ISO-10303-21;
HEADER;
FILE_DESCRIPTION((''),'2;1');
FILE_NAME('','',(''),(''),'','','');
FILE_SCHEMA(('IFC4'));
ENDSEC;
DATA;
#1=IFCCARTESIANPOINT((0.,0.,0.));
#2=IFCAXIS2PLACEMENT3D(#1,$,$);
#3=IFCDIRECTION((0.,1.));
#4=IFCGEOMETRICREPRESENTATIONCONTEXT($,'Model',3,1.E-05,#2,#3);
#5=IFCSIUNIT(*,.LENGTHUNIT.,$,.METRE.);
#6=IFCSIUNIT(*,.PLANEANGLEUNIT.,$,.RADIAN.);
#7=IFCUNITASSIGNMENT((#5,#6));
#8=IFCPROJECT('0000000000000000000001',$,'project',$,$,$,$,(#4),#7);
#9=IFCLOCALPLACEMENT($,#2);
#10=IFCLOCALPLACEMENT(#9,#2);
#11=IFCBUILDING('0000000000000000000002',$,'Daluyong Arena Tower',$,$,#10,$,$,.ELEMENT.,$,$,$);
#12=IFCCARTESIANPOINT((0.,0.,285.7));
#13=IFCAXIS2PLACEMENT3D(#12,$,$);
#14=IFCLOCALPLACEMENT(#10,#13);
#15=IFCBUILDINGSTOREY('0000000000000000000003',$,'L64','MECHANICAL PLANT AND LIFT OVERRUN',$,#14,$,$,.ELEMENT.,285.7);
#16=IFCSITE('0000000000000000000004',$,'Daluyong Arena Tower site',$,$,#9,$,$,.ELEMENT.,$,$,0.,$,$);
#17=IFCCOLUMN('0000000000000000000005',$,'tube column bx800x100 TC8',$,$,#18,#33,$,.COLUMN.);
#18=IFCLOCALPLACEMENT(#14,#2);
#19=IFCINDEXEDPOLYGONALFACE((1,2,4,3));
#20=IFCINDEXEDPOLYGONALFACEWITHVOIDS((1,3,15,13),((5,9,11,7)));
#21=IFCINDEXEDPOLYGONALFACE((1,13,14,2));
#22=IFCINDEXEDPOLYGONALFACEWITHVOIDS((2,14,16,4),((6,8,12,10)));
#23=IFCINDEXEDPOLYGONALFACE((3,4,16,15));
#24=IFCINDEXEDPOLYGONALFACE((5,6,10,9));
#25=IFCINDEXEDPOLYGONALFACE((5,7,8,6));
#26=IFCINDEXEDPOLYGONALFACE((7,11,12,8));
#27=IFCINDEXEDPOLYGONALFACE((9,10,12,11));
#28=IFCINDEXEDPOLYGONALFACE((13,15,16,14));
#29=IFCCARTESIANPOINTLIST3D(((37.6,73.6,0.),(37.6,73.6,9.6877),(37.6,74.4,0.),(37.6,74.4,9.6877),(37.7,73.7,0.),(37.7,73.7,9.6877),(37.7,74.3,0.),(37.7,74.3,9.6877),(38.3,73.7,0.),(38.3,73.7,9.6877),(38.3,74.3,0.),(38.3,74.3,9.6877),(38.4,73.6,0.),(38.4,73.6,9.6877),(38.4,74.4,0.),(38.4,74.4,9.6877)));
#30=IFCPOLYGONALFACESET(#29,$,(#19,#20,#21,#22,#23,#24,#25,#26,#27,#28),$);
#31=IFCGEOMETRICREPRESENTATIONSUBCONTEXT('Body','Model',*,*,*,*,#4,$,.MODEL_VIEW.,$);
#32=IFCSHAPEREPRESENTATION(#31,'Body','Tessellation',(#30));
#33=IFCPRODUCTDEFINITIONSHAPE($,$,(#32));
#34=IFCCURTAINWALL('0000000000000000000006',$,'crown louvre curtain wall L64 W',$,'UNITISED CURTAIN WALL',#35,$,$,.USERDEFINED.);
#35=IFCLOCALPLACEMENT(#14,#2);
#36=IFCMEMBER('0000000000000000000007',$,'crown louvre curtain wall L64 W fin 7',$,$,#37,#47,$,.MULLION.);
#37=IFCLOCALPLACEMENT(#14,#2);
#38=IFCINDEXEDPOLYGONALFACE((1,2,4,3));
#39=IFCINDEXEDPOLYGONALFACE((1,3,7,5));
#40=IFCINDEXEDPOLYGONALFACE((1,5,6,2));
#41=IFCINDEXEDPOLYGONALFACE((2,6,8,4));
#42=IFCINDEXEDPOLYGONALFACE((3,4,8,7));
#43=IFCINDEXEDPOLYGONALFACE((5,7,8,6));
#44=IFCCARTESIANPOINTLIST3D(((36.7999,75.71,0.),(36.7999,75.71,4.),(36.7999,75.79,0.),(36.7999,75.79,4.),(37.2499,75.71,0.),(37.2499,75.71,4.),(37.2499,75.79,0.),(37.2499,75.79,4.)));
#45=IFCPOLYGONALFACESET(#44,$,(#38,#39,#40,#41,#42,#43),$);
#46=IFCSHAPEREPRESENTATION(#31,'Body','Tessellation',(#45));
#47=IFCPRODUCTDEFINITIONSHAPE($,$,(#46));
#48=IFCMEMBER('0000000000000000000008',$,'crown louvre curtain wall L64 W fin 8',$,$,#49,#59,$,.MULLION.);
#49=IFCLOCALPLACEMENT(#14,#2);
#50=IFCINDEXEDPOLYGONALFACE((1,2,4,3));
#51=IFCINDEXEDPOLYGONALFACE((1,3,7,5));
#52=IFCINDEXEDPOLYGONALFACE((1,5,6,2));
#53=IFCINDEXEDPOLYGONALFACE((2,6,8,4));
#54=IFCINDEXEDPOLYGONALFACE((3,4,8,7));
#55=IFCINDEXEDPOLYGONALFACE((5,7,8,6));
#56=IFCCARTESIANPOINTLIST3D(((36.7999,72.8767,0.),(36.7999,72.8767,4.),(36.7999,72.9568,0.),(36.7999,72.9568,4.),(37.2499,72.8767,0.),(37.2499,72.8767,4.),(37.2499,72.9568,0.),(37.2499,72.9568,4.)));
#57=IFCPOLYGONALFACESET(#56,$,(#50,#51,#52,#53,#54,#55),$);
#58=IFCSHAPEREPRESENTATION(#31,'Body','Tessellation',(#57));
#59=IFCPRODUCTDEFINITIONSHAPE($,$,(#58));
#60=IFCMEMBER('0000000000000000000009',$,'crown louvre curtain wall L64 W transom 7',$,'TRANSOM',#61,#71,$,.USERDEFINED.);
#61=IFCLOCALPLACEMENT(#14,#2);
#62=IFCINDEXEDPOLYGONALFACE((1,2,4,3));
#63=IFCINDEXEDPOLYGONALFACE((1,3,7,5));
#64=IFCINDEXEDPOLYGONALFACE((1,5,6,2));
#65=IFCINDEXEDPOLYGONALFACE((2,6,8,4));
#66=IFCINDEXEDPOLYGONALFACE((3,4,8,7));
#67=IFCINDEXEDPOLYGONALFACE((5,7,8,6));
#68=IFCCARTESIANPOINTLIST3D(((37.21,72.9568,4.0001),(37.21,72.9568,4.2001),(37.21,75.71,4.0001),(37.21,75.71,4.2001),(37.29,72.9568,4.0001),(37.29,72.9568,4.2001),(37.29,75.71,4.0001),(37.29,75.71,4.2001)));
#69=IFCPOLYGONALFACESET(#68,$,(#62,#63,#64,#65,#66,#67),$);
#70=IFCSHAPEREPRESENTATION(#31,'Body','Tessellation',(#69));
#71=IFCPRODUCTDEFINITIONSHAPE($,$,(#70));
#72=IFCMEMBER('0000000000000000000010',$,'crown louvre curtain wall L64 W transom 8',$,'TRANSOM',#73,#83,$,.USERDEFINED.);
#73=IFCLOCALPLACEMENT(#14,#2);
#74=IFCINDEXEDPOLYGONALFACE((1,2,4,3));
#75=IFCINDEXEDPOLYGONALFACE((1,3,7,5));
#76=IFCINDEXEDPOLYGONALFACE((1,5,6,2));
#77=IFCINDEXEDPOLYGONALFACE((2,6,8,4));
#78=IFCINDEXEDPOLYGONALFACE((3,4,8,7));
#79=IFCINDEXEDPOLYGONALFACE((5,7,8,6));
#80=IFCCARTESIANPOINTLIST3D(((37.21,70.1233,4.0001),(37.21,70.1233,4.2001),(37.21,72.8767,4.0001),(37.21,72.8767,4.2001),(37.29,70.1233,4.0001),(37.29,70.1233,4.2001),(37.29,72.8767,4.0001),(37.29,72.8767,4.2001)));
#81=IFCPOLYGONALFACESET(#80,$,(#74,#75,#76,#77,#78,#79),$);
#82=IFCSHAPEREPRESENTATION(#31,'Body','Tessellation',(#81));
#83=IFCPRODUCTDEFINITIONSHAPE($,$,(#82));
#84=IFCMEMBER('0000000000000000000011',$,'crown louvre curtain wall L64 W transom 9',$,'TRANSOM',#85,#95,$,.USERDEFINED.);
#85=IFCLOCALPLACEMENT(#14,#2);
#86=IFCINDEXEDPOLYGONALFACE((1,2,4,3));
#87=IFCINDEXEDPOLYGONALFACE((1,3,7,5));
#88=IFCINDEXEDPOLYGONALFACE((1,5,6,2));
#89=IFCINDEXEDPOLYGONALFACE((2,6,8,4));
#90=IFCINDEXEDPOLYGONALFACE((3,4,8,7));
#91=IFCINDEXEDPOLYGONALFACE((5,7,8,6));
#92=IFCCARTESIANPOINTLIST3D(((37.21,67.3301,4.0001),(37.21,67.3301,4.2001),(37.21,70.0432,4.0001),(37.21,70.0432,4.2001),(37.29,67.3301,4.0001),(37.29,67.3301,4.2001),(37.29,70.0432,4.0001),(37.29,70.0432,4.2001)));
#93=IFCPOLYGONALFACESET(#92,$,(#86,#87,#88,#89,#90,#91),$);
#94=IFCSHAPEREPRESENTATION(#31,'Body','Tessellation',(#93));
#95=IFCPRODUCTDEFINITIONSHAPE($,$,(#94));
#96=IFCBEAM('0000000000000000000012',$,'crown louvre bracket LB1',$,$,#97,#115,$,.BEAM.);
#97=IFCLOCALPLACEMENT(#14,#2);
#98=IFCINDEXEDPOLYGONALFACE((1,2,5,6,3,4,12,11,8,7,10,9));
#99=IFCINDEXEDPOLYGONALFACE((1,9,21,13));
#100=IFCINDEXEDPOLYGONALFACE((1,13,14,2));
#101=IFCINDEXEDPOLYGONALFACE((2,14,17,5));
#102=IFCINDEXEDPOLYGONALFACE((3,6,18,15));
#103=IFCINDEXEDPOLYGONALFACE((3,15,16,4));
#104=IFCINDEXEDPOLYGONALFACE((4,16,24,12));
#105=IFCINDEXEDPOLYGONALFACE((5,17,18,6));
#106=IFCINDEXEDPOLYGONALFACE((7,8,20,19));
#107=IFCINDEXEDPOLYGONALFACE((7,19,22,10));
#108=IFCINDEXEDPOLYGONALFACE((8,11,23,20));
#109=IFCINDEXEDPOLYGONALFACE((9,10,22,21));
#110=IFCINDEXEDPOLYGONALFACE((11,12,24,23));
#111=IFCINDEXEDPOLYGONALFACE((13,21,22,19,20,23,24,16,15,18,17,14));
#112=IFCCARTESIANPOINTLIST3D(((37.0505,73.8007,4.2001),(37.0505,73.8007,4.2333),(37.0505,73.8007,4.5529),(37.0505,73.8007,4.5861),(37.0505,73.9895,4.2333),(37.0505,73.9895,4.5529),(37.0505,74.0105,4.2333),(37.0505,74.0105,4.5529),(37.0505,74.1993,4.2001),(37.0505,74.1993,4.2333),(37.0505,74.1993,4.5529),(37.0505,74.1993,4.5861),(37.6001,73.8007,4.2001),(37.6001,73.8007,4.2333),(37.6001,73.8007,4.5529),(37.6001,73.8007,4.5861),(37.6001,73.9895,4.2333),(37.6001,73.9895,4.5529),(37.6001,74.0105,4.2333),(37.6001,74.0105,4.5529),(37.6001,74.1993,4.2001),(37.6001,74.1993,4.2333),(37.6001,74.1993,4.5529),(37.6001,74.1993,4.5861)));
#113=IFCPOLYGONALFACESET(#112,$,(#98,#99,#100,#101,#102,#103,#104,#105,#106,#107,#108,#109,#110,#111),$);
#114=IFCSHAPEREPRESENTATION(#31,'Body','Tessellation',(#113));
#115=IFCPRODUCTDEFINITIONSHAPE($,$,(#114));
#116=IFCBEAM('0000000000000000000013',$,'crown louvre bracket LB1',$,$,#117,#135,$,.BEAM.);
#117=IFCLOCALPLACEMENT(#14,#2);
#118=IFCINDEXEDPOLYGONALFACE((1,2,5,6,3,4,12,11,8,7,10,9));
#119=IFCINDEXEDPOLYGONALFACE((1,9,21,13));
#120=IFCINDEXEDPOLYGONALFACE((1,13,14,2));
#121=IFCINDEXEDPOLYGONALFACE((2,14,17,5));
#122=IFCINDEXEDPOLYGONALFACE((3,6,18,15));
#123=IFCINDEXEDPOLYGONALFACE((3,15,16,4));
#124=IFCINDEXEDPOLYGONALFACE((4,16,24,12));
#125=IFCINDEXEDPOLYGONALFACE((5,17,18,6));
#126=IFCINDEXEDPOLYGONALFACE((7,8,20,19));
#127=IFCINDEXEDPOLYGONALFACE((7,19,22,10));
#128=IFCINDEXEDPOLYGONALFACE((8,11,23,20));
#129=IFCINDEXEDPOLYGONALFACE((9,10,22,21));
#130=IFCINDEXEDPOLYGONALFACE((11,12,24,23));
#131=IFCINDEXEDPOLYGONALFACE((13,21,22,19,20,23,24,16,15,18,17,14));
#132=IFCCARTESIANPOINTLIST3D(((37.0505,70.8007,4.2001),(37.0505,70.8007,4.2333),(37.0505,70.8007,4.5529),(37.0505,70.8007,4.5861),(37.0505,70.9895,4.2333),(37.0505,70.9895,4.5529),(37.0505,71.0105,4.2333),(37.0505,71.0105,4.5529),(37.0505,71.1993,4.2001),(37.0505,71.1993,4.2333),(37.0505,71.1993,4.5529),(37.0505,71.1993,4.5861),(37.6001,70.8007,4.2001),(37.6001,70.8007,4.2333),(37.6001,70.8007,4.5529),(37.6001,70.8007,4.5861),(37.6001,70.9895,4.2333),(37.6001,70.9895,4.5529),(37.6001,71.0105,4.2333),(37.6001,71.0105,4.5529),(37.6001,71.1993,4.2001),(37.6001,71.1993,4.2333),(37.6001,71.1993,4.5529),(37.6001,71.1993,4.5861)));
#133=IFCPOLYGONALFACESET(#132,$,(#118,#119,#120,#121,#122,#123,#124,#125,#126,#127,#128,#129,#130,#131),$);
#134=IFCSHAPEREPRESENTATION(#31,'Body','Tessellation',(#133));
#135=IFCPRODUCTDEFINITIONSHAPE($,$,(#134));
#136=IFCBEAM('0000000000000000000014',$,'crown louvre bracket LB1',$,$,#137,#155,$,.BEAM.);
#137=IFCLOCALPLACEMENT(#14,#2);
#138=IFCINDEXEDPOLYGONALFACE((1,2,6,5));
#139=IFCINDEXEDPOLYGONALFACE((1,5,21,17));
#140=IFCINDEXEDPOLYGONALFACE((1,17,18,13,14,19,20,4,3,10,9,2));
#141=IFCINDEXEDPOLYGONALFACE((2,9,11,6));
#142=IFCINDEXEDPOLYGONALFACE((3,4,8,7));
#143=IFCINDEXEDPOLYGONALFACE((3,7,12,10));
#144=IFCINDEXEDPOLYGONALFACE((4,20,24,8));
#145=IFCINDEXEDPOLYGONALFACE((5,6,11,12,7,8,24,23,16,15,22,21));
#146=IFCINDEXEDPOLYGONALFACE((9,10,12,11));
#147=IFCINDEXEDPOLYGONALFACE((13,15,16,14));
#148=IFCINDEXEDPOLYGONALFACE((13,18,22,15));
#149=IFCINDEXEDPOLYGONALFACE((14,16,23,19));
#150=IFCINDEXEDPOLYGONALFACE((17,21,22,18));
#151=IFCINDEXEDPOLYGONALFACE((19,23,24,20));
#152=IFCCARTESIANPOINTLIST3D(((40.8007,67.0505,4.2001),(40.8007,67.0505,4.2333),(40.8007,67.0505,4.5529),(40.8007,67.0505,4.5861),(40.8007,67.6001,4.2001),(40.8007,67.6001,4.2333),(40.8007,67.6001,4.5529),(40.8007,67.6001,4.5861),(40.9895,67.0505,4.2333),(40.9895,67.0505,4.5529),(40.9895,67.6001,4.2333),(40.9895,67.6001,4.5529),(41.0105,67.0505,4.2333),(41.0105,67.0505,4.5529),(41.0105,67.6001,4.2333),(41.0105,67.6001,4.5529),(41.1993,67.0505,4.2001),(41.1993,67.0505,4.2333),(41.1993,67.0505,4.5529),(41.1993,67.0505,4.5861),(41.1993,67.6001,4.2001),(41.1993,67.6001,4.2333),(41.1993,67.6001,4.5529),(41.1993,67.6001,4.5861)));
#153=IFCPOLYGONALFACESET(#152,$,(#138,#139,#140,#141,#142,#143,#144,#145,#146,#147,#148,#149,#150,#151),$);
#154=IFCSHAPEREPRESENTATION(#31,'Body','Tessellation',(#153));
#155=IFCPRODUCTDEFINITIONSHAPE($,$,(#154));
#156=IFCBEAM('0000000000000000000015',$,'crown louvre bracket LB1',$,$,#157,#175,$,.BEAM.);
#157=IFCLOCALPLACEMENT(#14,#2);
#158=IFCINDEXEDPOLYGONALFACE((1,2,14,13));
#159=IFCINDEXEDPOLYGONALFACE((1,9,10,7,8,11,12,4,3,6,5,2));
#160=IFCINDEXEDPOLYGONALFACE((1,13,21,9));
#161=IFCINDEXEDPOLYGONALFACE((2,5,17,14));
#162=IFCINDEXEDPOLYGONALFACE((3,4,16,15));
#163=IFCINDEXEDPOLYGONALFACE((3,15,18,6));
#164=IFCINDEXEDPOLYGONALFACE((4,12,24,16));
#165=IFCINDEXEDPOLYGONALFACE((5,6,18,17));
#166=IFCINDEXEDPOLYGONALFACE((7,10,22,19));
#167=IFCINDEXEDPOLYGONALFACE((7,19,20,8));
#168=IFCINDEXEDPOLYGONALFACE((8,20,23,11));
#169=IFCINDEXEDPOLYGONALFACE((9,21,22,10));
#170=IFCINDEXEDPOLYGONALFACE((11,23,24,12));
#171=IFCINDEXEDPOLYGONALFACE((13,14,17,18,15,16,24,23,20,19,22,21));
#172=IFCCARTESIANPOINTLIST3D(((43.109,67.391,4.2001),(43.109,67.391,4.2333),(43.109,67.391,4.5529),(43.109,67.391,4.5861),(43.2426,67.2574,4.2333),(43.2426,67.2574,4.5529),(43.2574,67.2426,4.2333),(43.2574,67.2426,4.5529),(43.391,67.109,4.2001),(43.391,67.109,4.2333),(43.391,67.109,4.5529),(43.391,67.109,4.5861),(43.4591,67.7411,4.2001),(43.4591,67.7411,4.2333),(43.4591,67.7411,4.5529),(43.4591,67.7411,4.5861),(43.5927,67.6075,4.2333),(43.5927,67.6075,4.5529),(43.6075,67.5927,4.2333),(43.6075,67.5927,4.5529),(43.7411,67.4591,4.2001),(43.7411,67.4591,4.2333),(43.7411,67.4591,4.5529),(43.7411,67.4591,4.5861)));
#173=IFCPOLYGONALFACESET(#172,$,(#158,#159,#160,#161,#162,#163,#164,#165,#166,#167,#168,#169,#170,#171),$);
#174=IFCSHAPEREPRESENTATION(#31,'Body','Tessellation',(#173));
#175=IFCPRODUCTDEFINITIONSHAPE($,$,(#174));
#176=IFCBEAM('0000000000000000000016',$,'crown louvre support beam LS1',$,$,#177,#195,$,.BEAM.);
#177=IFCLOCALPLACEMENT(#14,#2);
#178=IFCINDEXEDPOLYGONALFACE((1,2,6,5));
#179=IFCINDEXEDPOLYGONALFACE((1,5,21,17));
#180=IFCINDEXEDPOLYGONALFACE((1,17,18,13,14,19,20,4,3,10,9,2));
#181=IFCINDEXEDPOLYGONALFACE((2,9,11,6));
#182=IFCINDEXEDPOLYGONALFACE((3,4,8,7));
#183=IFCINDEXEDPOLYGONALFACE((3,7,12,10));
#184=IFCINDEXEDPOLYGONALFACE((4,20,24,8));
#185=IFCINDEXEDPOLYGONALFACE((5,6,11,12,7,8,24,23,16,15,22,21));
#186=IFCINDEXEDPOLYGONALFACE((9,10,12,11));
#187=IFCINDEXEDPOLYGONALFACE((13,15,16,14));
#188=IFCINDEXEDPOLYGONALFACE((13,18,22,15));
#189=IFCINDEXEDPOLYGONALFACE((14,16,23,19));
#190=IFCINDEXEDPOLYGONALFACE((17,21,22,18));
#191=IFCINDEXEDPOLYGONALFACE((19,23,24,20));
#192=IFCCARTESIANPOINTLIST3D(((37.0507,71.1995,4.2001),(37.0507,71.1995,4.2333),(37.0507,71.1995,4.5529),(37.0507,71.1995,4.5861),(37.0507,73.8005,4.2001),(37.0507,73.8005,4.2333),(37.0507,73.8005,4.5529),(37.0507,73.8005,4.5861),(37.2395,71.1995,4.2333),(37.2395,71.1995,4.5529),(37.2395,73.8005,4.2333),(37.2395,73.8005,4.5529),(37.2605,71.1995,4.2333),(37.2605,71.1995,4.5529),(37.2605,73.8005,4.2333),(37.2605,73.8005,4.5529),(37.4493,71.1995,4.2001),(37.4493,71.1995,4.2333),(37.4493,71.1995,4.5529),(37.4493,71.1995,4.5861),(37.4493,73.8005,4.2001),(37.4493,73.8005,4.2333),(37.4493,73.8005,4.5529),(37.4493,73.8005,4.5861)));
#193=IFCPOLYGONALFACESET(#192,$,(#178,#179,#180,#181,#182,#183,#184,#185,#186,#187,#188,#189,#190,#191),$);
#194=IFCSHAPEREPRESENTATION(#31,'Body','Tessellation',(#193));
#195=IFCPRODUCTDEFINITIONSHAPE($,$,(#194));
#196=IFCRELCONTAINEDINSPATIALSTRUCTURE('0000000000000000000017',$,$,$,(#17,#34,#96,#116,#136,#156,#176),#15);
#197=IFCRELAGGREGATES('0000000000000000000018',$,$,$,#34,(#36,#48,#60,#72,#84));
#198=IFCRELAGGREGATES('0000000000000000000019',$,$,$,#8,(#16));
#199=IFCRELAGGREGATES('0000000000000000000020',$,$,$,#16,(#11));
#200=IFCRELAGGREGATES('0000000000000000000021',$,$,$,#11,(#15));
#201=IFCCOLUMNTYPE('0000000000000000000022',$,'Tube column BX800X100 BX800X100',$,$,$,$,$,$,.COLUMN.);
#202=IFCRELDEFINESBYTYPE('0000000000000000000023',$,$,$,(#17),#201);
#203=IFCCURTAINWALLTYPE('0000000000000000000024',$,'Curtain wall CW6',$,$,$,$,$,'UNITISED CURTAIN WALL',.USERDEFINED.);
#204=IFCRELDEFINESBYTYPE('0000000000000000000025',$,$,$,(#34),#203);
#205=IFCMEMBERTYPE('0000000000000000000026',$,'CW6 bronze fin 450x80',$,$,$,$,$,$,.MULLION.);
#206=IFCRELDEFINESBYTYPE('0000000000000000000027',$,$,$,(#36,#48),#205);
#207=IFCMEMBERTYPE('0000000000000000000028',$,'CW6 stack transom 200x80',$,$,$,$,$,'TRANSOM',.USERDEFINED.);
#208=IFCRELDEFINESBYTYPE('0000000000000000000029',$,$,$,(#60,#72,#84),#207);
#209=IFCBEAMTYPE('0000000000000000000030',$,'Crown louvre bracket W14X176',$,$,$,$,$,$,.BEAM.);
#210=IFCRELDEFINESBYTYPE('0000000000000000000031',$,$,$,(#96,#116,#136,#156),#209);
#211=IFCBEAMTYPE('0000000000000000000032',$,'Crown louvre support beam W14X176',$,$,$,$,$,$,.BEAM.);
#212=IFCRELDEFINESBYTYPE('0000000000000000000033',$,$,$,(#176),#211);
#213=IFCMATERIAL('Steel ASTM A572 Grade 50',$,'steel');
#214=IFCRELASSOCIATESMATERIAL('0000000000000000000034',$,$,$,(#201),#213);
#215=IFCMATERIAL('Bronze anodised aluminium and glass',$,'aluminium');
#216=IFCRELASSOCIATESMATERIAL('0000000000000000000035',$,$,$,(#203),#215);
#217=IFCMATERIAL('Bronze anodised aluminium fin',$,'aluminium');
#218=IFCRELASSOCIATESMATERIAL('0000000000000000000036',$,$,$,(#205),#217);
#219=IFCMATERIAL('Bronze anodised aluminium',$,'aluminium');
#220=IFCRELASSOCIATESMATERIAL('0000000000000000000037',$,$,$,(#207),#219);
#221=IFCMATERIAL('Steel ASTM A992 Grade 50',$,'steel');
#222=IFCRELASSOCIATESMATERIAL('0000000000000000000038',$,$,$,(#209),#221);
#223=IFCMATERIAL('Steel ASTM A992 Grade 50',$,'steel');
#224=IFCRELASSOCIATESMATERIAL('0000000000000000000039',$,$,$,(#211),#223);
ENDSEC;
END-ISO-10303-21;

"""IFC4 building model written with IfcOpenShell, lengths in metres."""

from ifc_helpers import new_model, si_unit, direction, frame, origin, origin_2d, place, context, subcontext, project, spatial, rectangle, hollow_rectangle, i_section, extrude, material, material_profile, profile_set, type_object, element, aggregate, save


model = new_model("IFC4")

# Units and contexts
model_context = context("Model", 3, precision=1e-05, world=origin(), true_north=direction((0.0, 1.0)))
body_context = subcontext(model_context, "Body", "Model", "MODEL_VIEW")
ifc_project = project(units=[si_unit("LENGTHUNIT", "METRE"), si_unit("PLANEANGLEUNIT", "RADIAN")], contexts=[model_context])

# Site, building, storey
site_placement = place(None, origin())
site = spatial("IfcSite", under=ifc_project, at=site_placement, Name="Daluyong Arena Tower site", CompositionType="ELEMENT", RefElevation=0.0)
building_placement = place(site_placement, origin())
building = spatial("IfcBuilding", under=site, at=building_placement, Name="Daluyong Arena Tower", CompositionType="ELEMENT")
storey_placement = place(building_placement, frame((0.0, 0.0, 285.7)))
storey = spatial("IfcBuildingStorey", under=building, at=storey_placement, Name="L64", Description="MECHANICAL PLANT AND LIFT OVERRUN", CompositionType="ELEMENT", Elevation=285.7)

# Column
ifc_material_1 = material(Name="Steel ASTM A572 Grade 50", Category="steel")
ifc_material_profile_1 = material_profile(ifc_material_1, hollow_rectangle(XDim=0.8, YDim=0.8, WallThickness=0.1, at=origin_2d()))
ifc_profile_set_1 = profile_set([ifc_material_profile_1], Name="Steel ASTM A572 Grade 50")
column_type = type_object("IfcColumnType", Name="Tube column BX800X100 BX800X100", PredefinedType="COLUMN", material=ifc_profile_set_1)
column_placement = place(storey_placement, frame((38.0, 74.0, 0.0), z_axis=(0.0, 0.0, 1.0), x_axis=(0.0, 1.0, 0.0)))
element("IfcColumn", 1, at=column_placement, inside=storey, type_object=column_type, Name="tube column bx800x100 TC8", PredefinedType="COLUMN", context=body_context, shape_type="SweptSolid", body=[
    extrude(hollow_rectangle(XDim=0.8, YDim=0.8, WallThickness=0.1, at=origin_2d()), origin(), (0.0, 0.0, 1.0), 9.6877),
])

# Curtain wall, members
ifc_material_2 = material(Name="Bronze anodised aluminium and glass", Category="aluminium")
curtain_wall_type = type_object("IfcCurtainWallType", Name="Curtain wall CW6", ElementType="UNITISED CURTAIN WALL", PredefinedType="USERDEFINED", material=ifc_material_2)
curtain_wall_placement = place(storey_placement, origin())
curtain_wall = element("IfcCurtainWall", 2, at=curtain_wall_placement, inside=storey, type_object=curtain_wall_type, Name="crown louvre curtain wall L64 W", ObjectType="UNITISED CURTAIN WALL", PredefinedType="USERDEFINED")
ifc_material_3 = material(Name="Bronze anodised aluminium fin", Category="aluminium")
ifc_material_profile_2 = material_profile(ifc_material_3, rectangle(XDim=0.45, YDim=0.0801, at=origin_2d()))
ifc_profile_set_2 = profile_set([ifc_material_profile_2], Name="Bronze anodised aluminium fin")
member_type_1 = type_object("IfcMemberType", Name="CW6 bronze fin 450x80", PredefinedType="MULLION", material=ifc_profile_set_2)
member_1_placement = place(storey_placement, frame((37.0249, 75.75, 0.0), z_axis=(0.0, 0.0, 1.0), x_axis=(1.0, 0.0, 0.0)))
member_1 = element("IfcMember", 3, at=member_1_placement, type_object=member_type_1, Name="crown louvre curtain wall L64 W fin 7", PredefinedType="MULLION", context=body_context, shape_type="SweptSolid", body=[
    extrude(rectangle(XDim=0.45, YDim=0.0801, at=origin_2d()), origin(), (0.0, 0.0, 1.0), 4.0),
])
member_2_placement = place(storey_placement, frame((37.0249, 72.9167, 0.0), z_axis=(0.0, 0.0, 1.0), x_axis=(1.0, 0.0, 0.0)))
member_2 = element("IfcMember", 4, at=member_2_placement, type_object=member_type_1, Name="crown louvre curtain wall L64 W fin 8", PredefinedType="MULLION", context=body_context, shape_type="SweptSolid", body=[
    extrude(rectangle(XDim=0.45, YDim=0.0801, at=origin_2d()), origin(), (0.0, 0.0, 1.0), 4.0),
])
ifc_material_4 = material(Name="Bronze anodised aluminium", Category="aluminium")
ifc_material_profile_3 = material_profile(ifc_material_4, rectangle(XDim=0.0801, YDim=0.2, at=origin_2d()))
ifc_profile_set_3 = profile_set([ifc_material_profile_3], Name="Bronze anodised aluminium")
member_type_2 = type_object("IfcMemberType", Name="CW6 stack transom 200x80", ElementType="TRANSOM", PredefinedType="USERDEFINED", material=ifc_profile_set_3)
member_3_placement = place(storey_placement, frame((37.25, 75.71, 4.1001), z_axis=(0.0, -1.0, 0.0), x_axis=(1.0, 0.0, 0.0)))
member_3 = element("IfcMember", 5, at=member_3_placement, type_object=member_type_2, Name="crown louvre curtain wall L64 W transom 7", ObjectType="TRANSOM", PredefinedType="USERDEFINED", context=body_context, shape_type="SweptSolid", body=[
    extrude(rectangle(XDim=0.0801, YDim=0.2, at=origin_2d()), origin(), (0.0, 0.0, 1.0), 2.7532),
])
member_4_placement = place(storey_placement, frame((37.25, 72.8767, 4.1001), z_axis=(0.0, -1.0, 0.0), x_axis=(1.0, 0.0, 0.0)))
member_4 = element("IfcMember", 6, at=member_4_placement, type_object=member_type_2, Name="crown louvre curtain wall L64 W transom 8", ObjectType="TRANSOM", PredefinedType="USERDEFINED", context=body_context, shape_type="SweptSolid", body=[
    extrude(rectangle(XDim=0.0801, YDim=0.2, at=origin_2d()), origin(), (0.0, 0.0, 1.0), 2.7534),
])
member_5_placement = place(storey_placement, frame((37.25, 70.0432, 4.1001), z_axis=(0.0, -1.0, 0.0), x_axis=(1.0, 0.0, 0.0)))
member_5 = element("IfcMember", 7, at=member_5_placement, type_object=member_type_2, Name="crown louvre curtain wall L64 W transom 9", ObjectType="TRANSOM", PredefinedType="USERDEFINED", context=body_context, shape_type="SweptSolid", body=[
    extrude(rectangle(XDim=0.0801, YDim=0.2, at=origin_2d()), origin(), (0.0, 0.0, 1.0), 2.7131),
])

# Beams
ifc_material_5 = material(Name="Steel ASTM A992 Grade 50", Category="steel")
ifc_material_profile_4 = material_profile(ifc_material_5, i_section(OverallWidth=0.3987, OverallDepth=0.386, WebThickness=0.021, FlangeThickness=0.0332, at=origin_2d()))
ifc_profile_set_4 = profile_set([ifc_material_profile_4], Name="Steel ASTM A992 Grade 50")
beam_type_1 = type_object("IfcBeamType", Name="Crown louvre bracket W14X176", PredefinedType="BEAM", material=ifc_profile_set_4)
for number, where, z_axis, x_axis, name in (
    (8, (37.6001, 74.0, 4.3931), (-1.0, 0.0, 0.0), (0.0, -1.0, 0.0), "crown louvre bracket LB1"),
    (9, (37.6001, 71.0, 4.3931), (-1.0, 0.0, 0.0), (0.0, -1.0, 0.0), "crown louvre bracket LB1"),
    (10, (41.0, 67.6001, 4.3931), (0.0, -1.0, 0.0), (1.0, 0.0, 0.0), "crown louvre bracket LB1"),
):
    element("IfcBeam", number, at=place(storey_placement, frame(where, z_axis=z_axis, x_axis=x_axis)), inside=storey, type_object=beam_type_1, Name=name, PredefinedType="BEAM", context=body_context, shape_type="SweptSolid", body=[
        extrude(i_section(OverallWidth=0.3987, OverallDepth=0.386, WebThickness=0.021, FlangeThickness=0.0332, at=origin_2d()), origin(), (0.0, 0.0, 1.0), 0.5496),
    ])
beam_1_placement = place(storey_placement, frame((43.6001, 67.6001, 4.3931), z_axis=(-0.707107, -0.707107, 0.0), x_axis=(0.707107, -0.707107, 0.0)))
element("IfcBeam", 11, at=beam_1_placement, inside=storey, type_object=beam_type_1, Name="crown louvre bracket LB1", PredefinedType="BEAM", context=body_context, shape_type="SweptSolid", body=[
    extrude(i_section(OverallWidth=0.3987, OverallDepth=0.386, WebThickness=0.021, FlangeThickness=0.0332, at=origin_2d()), origin(), (0.0, 0.0, 1.0), 0.4951),
])
ifc_material_6 = material(Name="Steel ASTM A992 Grade 50", Category="steel")
ifc_material_profile_5 = material_profile(ifc_material_6, i_section(OverallWidth=0.3987, OverallDepth=0.386, WebThickness=0.021, FlangeThickness=0.0332, at=origin_2d()))
ifc_profile_set_5 = profile_set([ifc_material_profile_5], Name="Steel ASTM A992 Grade 50")
beam_type_2 = type_object("IfcBeamType", Name="Crown louvre support beam W14X176", PredefinedType="BEAM", material=ifc_profile_set_5)
beam_2_placement = place(storey_placement, frame((37.25, 73.8005, 4.3931), z_axis=(0.0, -1.0, 0.0), x_axis=(1.0, 0.0, 0.0)))
element("IfcBeam", 12, at=beam_2_placement, inside=storey, type_object=beam_type_2, Name="crown louvre support beam LS1", PredefinedType="BEAM", context=body_context, shape_type="SweptSolid", body=[
    extrude(i_section(OverallWidth=0.3987, OverallDepth=0.386, WebThickness=0.021, FlangeThickness=0.0332, at=origin_2d()), origin(), (0.0, 0.0, 1.0), 2.6011),
])

aggregate(curtain_wall, [member_1, member_2, member_3, member_4, member_5])

save(model, "model.ifc")
